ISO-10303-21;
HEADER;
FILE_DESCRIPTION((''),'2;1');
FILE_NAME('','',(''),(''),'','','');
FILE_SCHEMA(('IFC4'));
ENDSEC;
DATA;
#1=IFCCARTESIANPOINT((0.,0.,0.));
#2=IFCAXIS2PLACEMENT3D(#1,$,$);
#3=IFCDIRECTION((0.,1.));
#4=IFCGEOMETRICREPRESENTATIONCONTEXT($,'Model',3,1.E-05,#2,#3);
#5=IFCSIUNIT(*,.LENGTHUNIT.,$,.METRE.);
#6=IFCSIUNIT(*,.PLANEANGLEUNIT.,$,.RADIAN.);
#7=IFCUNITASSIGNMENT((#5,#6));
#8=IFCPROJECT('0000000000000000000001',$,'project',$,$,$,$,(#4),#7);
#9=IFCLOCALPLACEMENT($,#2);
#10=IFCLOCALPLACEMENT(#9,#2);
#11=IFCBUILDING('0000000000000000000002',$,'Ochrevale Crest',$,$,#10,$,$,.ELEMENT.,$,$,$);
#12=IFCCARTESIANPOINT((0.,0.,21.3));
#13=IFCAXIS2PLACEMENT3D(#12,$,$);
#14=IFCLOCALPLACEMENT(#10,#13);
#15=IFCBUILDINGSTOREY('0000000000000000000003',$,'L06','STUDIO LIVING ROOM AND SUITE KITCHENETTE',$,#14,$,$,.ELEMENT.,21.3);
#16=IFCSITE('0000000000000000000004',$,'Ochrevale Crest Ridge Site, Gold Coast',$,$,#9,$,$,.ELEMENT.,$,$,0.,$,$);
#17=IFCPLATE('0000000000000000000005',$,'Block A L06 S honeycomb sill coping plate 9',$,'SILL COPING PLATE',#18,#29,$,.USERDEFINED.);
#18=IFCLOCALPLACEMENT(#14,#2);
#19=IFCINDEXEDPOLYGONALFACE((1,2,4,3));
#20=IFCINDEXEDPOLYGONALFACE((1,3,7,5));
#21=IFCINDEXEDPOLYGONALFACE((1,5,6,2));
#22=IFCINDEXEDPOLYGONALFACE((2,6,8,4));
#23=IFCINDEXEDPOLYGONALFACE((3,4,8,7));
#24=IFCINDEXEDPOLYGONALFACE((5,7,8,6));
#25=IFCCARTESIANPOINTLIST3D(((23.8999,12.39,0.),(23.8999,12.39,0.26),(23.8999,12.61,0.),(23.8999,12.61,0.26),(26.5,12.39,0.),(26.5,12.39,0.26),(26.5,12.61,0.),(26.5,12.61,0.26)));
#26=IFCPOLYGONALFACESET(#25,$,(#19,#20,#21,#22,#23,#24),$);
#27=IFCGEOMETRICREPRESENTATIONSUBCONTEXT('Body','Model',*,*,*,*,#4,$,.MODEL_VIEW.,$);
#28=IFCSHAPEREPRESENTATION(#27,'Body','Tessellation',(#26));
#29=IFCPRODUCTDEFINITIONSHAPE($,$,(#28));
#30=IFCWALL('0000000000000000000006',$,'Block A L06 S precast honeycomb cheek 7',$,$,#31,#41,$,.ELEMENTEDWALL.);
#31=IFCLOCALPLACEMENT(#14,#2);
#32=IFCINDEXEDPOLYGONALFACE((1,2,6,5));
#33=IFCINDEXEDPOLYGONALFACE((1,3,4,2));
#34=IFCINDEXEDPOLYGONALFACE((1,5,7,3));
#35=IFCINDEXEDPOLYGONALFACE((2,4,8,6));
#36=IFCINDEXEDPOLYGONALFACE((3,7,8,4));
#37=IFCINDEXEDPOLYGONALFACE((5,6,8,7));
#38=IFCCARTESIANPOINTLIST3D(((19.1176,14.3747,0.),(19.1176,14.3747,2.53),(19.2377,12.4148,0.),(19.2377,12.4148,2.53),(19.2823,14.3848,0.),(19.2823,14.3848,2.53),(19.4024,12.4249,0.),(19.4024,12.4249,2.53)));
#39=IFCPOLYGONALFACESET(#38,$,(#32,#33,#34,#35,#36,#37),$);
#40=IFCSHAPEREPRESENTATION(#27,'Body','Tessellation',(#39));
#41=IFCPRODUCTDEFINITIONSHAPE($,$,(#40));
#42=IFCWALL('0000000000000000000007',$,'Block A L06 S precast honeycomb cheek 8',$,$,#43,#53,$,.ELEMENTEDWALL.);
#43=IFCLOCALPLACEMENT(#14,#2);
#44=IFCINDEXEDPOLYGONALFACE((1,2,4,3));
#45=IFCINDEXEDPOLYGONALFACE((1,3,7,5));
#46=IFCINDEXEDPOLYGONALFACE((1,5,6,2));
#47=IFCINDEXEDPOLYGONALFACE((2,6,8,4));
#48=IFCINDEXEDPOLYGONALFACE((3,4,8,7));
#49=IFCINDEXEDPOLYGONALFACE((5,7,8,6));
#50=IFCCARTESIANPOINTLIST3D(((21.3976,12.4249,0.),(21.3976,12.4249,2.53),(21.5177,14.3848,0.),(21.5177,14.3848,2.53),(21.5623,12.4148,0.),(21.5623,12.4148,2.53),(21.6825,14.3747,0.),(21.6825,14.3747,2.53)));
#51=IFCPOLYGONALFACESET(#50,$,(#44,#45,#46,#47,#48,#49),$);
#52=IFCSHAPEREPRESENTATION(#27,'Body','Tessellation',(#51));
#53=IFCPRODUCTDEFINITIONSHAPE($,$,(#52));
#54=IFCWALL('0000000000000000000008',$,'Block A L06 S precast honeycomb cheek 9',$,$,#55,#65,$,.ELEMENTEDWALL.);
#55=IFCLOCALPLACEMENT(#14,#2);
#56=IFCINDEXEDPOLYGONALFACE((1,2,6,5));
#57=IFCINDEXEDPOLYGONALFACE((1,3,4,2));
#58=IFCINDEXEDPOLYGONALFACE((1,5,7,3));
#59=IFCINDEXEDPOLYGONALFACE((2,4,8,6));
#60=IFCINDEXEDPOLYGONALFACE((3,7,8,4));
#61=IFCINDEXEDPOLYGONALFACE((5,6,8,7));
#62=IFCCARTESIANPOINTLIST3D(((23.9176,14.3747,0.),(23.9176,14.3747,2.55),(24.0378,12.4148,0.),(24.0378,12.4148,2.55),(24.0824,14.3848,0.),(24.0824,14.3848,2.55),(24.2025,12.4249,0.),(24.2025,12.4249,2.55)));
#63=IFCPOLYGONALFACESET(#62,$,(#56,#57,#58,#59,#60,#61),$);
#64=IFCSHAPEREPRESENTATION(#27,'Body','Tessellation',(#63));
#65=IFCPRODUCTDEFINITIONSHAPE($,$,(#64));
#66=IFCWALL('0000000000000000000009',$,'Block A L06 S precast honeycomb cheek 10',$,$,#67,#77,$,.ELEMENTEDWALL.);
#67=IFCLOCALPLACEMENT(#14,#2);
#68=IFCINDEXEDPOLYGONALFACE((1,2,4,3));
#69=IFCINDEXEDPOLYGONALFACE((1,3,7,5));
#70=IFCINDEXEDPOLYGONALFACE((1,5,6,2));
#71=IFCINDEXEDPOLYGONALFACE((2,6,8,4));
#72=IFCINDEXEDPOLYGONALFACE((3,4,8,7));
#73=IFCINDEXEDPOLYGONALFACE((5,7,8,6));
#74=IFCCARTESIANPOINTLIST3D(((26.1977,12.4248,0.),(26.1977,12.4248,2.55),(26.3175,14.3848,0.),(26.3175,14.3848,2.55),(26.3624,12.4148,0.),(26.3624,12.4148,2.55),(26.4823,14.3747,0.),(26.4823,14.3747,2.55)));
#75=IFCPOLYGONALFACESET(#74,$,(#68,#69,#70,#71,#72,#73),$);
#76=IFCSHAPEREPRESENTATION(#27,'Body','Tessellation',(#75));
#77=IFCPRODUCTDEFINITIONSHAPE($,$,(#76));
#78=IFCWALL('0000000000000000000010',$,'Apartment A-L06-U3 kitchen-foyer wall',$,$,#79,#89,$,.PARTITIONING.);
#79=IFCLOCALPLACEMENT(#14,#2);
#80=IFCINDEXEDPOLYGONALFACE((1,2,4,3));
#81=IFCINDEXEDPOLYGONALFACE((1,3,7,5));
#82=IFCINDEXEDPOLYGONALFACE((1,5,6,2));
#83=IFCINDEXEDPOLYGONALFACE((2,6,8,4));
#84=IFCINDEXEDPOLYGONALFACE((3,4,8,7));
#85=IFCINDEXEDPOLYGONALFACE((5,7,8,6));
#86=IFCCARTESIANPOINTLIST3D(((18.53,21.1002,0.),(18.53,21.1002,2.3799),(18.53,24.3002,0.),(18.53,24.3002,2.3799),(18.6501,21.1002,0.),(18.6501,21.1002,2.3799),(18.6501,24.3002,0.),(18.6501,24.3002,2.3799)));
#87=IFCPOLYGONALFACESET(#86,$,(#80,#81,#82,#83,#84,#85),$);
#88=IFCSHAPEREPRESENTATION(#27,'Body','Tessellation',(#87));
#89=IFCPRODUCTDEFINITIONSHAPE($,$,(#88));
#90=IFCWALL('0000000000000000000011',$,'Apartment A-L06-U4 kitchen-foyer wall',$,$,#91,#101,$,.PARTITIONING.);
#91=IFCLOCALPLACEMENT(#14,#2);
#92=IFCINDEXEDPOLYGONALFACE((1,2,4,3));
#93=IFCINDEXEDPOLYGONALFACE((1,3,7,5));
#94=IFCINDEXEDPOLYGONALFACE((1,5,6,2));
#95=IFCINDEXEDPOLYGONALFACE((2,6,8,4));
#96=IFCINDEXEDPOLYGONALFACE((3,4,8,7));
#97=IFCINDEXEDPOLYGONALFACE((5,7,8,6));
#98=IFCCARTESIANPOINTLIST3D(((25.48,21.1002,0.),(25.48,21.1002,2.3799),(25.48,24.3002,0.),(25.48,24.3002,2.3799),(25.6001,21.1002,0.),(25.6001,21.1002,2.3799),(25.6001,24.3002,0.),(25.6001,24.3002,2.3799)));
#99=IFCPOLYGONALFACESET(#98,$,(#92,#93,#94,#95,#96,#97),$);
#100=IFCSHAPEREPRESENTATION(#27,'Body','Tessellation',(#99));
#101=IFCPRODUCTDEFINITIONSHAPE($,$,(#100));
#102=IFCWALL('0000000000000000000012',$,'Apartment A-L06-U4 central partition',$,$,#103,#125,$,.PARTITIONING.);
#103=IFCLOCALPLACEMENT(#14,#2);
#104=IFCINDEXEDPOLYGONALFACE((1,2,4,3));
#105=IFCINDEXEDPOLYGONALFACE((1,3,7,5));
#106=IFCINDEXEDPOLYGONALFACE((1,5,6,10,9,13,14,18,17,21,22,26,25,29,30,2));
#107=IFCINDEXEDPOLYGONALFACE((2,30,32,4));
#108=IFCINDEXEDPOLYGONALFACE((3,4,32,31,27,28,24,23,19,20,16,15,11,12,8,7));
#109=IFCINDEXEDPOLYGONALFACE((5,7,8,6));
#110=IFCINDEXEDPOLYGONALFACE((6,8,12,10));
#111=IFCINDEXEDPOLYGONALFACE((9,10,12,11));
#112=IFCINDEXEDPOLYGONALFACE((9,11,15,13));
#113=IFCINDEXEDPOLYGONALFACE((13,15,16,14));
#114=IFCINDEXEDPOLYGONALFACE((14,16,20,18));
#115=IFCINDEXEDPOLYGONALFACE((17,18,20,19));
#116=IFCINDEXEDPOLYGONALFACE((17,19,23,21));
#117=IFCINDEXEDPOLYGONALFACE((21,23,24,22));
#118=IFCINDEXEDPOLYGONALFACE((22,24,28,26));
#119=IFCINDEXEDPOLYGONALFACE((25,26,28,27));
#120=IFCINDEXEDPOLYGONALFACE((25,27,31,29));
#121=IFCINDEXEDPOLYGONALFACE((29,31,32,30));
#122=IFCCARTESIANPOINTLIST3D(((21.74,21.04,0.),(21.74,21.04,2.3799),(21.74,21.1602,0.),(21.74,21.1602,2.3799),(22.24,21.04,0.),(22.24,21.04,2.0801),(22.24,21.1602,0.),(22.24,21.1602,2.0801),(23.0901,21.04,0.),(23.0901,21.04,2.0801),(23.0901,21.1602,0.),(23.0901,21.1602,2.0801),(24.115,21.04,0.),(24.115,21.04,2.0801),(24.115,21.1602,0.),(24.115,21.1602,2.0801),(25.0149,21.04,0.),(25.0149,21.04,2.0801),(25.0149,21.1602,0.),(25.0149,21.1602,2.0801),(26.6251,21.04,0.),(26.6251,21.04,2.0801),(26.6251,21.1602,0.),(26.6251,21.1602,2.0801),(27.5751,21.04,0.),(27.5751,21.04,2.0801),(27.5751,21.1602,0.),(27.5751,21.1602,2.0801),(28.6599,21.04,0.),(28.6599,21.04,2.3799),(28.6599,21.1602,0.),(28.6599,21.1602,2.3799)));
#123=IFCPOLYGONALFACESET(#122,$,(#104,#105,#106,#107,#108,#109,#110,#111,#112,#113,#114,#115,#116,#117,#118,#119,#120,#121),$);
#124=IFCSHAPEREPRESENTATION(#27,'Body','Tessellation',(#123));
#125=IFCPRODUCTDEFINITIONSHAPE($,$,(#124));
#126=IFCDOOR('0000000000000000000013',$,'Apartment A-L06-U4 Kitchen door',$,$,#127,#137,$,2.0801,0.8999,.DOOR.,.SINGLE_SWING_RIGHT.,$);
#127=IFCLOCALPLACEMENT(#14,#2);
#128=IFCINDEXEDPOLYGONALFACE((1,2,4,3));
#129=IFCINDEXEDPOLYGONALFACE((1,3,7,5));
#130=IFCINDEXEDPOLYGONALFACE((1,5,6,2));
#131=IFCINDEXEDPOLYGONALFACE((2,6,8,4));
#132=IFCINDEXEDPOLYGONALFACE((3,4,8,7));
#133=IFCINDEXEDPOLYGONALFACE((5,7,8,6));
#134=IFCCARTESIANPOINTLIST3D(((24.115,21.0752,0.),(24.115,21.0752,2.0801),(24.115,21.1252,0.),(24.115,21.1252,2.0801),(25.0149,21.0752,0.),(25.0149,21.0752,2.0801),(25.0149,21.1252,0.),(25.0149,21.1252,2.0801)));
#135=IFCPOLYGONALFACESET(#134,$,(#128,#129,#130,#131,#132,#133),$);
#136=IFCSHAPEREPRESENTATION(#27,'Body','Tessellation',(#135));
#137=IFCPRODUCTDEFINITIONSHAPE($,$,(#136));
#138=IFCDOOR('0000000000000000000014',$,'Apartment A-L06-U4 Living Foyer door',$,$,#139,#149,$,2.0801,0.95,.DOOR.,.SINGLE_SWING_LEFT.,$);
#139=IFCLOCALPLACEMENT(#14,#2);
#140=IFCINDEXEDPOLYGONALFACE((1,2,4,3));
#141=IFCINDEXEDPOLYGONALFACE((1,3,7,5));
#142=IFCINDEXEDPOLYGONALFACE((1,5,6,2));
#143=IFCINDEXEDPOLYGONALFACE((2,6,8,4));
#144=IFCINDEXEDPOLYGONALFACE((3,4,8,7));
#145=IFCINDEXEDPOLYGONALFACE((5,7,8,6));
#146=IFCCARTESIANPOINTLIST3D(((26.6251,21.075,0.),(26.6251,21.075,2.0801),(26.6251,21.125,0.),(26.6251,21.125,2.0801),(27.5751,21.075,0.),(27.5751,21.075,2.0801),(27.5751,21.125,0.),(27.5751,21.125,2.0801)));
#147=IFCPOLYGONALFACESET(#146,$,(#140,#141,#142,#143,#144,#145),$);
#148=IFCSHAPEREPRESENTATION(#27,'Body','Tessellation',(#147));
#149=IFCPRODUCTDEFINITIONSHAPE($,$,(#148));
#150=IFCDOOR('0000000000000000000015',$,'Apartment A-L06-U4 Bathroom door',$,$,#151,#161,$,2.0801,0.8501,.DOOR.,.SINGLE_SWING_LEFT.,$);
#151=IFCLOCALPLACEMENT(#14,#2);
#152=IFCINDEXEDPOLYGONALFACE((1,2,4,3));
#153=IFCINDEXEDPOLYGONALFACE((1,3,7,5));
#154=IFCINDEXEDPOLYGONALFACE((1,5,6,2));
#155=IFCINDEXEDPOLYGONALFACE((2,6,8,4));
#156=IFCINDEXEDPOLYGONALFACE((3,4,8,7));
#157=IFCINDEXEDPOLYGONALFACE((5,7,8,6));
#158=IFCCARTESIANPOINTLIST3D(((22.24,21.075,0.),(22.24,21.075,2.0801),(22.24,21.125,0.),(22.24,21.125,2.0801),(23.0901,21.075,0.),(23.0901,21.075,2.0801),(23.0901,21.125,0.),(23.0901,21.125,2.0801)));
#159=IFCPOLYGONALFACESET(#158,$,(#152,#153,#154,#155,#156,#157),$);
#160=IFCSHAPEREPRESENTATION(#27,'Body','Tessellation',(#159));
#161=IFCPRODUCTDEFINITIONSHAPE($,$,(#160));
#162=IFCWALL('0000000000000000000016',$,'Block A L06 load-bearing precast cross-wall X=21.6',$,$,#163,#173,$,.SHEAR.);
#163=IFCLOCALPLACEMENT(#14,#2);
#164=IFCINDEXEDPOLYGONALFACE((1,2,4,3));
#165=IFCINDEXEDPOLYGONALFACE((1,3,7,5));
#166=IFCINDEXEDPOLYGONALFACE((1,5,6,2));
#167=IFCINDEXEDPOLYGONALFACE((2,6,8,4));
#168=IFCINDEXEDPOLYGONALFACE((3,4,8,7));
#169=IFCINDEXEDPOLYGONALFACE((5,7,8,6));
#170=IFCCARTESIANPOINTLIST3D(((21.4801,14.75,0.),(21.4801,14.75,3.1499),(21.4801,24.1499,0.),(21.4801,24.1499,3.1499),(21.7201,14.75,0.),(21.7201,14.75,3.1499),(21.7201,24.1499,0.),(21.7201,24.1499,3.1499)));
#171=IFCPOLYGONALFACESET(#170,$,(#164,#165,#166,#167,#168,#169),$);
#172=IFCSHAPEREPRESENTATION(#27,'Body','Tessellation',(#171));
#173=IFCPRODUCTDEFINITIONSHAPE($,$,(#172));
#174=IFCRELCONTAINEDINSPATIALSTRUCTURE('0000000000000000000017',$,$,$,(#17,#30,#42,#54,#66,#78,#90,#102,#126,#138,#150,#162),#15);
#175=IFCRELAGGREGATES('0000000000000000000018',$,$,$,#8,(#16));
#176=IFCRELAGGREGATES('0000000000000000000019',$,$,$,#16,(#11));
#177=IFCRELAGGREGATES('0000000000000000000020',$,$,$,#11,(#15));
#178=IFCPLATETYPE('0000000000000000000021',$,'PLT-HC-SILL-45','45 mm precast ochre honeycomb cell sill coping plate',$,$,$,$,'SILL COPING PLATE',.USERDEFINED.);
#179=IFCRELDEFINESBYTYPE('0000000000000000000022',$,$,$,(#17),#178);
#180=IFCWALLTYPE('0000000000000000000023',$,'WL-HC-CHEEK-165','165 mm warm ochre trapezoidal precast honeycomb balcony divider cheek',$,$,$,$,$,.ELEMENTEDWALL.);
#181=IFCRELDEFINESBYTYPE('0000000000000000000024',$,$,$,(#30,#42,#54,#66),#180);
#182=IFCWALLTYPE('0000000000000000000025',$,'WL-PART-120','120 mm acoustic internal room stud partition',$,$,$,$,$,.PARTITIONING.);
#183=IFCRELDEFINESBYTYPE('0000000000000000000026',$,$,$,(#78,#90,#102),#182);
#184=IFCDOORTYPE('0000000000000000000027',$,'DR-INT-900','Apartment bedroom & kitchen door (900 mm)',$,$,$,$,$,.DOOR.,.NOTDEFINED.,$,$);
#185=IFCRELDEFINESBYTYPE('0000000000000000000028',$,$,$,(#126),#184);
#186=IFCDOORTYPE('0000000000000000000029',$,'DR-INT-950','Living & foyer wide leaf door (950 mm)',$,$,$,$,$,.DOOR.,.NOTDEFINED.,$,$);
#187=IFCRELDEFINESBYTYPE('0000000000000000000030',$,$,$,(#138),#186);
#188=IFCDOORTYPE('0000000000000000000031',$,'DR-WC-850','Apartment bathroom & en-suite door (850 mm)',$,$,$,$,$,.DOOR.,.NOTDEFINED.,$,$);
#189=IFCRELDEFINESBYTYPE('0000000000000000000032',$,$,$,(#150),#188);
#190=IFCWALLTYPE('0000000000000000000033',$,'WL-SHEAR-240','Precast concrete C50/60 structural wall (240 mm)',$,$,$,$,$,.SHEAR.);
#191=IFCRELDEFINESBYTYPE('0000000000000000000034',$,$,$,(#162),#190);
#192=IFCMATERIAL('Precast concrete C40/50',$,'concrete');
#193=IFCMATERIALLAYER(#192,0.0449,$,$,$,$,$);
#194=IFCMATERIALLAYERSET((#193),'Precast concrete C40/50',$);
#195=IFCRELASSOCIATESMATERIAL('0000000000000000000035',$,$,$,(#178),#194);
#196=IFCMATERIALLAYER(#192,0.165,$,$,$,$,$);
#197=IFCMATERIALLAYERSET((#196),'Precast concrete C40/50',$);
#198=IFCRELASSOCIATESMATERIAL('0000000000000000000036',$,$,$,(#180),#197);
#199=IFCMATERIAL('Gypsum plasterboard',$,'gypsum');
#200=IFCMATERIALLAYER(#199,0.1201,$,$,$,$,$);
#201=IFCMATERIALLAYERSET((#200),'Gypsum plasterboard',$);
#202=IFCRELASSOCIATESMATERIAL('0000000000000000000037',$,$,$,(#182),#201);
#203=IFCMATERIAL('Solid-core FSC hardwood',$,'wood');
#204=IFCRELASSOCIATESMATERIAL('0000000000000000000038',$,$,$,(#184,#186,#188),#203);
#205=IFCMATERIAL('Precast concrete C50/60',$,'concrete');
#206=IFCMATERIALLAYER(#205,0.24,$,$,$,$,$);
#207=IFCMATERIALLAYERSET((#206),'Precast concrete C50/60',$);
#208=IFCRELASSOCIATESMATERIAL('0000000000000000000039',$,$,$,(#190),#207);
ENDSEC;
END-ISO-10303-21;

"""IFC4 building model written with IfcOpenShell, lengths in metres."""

from ifc_helpers import new_model, si_unit, direction, frame, frame_2d, origin, origin_2d, place, context, subcontext, project, spatial, rectangle, extrude, material, layer, layer_set, type_object, element, fill, save


model = new_model("IFC4")

# Units and contexts
model_context = context("Model", 3, precision=1e-05, world=origin(), true_north=direction((0.0, 1.0)))
body_context = subcontext(model_context, "Body", "Model", "MODEL_VIEW")
ifc_project = project(units=[si_unit("LENGTHUNIT", "METRE"), si_unit("PLANEANGLEUNIT", "RADIAN")], contexts=[model_context])

# Site, building, storey
site_placement = place(None, origin())
site = spatial("IfcSite", under=ifc_project, at=site_placement, Name="Ochrevale Crest Ridge Site, Gold Coast", CompositionType="ELEMENT", RefElevation=0.0)
building_placement = place(site_placement, origin())
building = spatial("IfcBuilding", under=site, at=building_placement, Name="Ochrevale Crest", CompositionType="ELEMENT")
storey_placement = place(building_placement, frame((0.0, 0.0, 21.3)))
storey = spatial("IfcBuildingStorey", under=building, at=storey_placement, Name="L06", Description="STUDIO LIVING ROOM AND SUITE KITCHENETTE", CompositionType="ELEMENT", Elevation=21.3)

# Shared definitions
ifc_material_1 = material(Name="Precast concrete C50/60", Category="concrete")

# Shared definitions
ifc_material_2 = material(Name="Precast concrete C40/50", Category="concrete")

# Plate
ifc_layer_1 = layer(ifc_material_2, 0.0449)
ifc_layer_set_1 = layer_set([ifc_layer_1], Name="Precast concrete C40/50")
plate_type_1 = type_object("IfcPlateType", Name="PLT-HC-SILL-45", Description="45 mm precast ochre honeycomb cell sill coping plate", ElementType="SILL COPING PLATE", PredefinedType="USERDEFINED", material=ifc_layer_set_1)
for number, where, z_axis, x_axis, name in (
    (1, (25.2, 12.5, 0.0), (0.0, 0.0, 1.0), (1.0, 0.0, 0.0), "Block A L06 S honeycomb sill coping plate 9"),
):
    element("IfcPlate", number, at=place(storey_placement, frame(where, z_axis=z_axis, x_axis=x_axis)), inside=storey, type_object=plate_type_1, Name=name, ObjectType="SILL COPING PLATE", PredefinedType="USERDEFINED", context=body_context, shape_type="SweptSolid", body=[
        extrude(rectangle(XDim=2.6001, YDim=0.22, at=origin_2d()), origin(), (0.0, 0.0, 1.0), 0.26),
    ])

# Walls
ifc_layer_2 = layer(ifc_material_2, 0.165)
ifc_layer_set_2 = layer_set([ifc_layer_2], Name="Precast concrete C40/50")
wall_type_1 = type_object("IfcWallType", Name="WL-HC-CHEEK-165", Description="165 mm warm ochre trapezoidal precast honeycomb balcony divider cheek", PredefinedType="ELEMENTEDWALL", material=ifc_layer_set_2)
for number, where, z_axis, x_axis, name in (
    (2, (19.2, 14.3799, 0.0), (0.0, 0.0, 1.0), (0.061171, -0.998127, 0.0), "Block A L06 S precast honeycomb cheek 7"),
    (3, (21.6001, 14.3799, 0.0), (0.0, 0.0, 1.0), (-0.061171, -0.998127, 0.0), "Block A L06 S precast honeycomb cheek 8"),
):
    element("IfcWall", number, at=place(storey_placement, frame(where, z_axis=z_axis, x_axis=x_axis)), inside=storey, type_object=wall_type_1, Name=name, PredefinedType="ELEMENTEDWALL", context=body_context, shape_type="SweptSolid", body=[
        extrude(rectangle(XDim=1.9636, YDim=0.165, at=frame_2d((0.9819, 0.0))), origin(), (0.0, 0.0, 1.0), 2.53),
    ])
for number, where, z_axis, x_axis, name in (
    (4, (24.0, 14.3799, 0.0), (0.0, 0.0, 1.0), (0.061171, -0.998127, 0.0), "Block A L06 S precast honeycomb cheek 9"),
    (5, (26.3999, 14.3799, 0.0), (0.0, 0.0, 1.0), (-0.061047, -0.998135, 0.0), "Block A L06 S precast honeycomb cheek 10"),
):
    element("IfcWall", number, at=place(storey_placement, frame(where, z_axis=z_axis, x_axis=x_axis)), inside=storey, type_object=wall_type_1, Name=name, PredefinedType="ELEMENTEDWALL", context=body_context, shape_type="SweptSolid", body=[
        extrude(rectangle(XDim=1.9636, YDim=0.165, at=frame_2d((0.9819, 0.0))), origin(), (0.0, 0.0, 1.0), 2.55),
    ])
ifc_material_3 = material(Name="Gypsum plasterboard", Category="gypsum")
ifc_layer_3 = layer(ifc_material_3, 0.1201)
ifc_layer_set_3 = layer_set([ifc_layer_3], Name="Gypsum plasterboard")
wall_type_2 = type_object("IfcWallType", Name="WL-PART-120", Description="120 mm acoustic internal room stud partition", PredefinedType="PARTITIONING", material=ifc_layer_set_3)
for number, where, z_axis, x_axis, name in (
    (6, (18.5901, 21.1001, 0.0), (0.0, 0.0, 1.0), (0.0, 1.0, 0.0), "Apartment A-L06-U3 kitchen-foyer wall"),
    (7, (25.54, 21.1001, 0.0), (0.0, 0.0, 1.0), (0.0, 1.0, 0.0), "Apartment A-L06-U4 kitchen-foyer wall"),
):
    element("IfcWall", number, at=place(storey_placement, frame(where, z_axis=z_axis, x_axis=x_axis)), inside=storey, type_object=wall_type_2, Name=name, PredefinedType="PARTITIONING", context=body_context, shape_type="SweptSolid", body=[
        extrude(rectangle(XDim=3.2, YDim=0.1201, at=frame_2d((1.6001, 0.0))), origin(), (0.0, 0.0, 1.0), 2.3799),
    ])

# Wall, openings, doors
wall_1_placement = place(storey_placement, frame((21.74, 21.1001, 0.0), z_axis=(0.0, 0.0, 1.0), x_axis=(1.0, 0.0, 0.0)))
wall_1 = element("IfcWall", 8, at=wall_1_placement, inside=storey, type_object=wall_type_2, Name="Apartment A-L06-U4 central partition", PredefinedType="PARTITIONING", context=body_context, shape_type="SweptSolid", body=[
    extrude(rectangle(XDim=6.9199, YDim=0.1201, at=frame_2d((3.46, 0.0))), origin(), (0.0, 0.0, 1.0), 2.3799),
])
opening_1_placement = place(wall_1_placement, frame((0.5, 0.0, 0.0)))
opening_1 = element("IfcOpeningElement", 9, at=opening_1_placement, cuts=wall_1, PredefinedType="OPENING", context=body_context, shape_type="SweptSolid", body=[
    extrude(rectangle(XDim=0.8501, YDim=2.0801, at=frame_2d((0.425, 1.04))), frame((0.0, 0.0701, 0.0), z_axis=(0.0, -1.0, 0.0), x_axis=(1.0, 0.0, 0.0)), (0.0, 0.0, 1.0), 0.1401),
])
opening_2_placement = place(wall_1_placement, frame((3.2749, 0.0, 0.0), z_axis=(0.0, 0.0, 1.0), x_axis=(-1.0, 0.0, 0.0)))
opening_2 = element("IfcOpeningElement", 10, at=opening_2_placement, cuts=wall_1, PredefinedType="OPENING", context=body_context, shape_type="SweptSolid", body=[
    extrude(rectangle(XDim=0.8999, YDim=2.0801, at=frame_2d((0.45, 1.04))), frame((0.0, 0.0701, 0.0), z_axis=(0.0, -1.0, 0.0), x_axis=(1.0, 0.0, 0.0)), (0.0, 0.0, 1.0), 0.1401),
])
opening_3_placement = place(wall_1_placement, frame((4.885, 0.0, 0.0)))
opening_3 = element("IfcOpeningElement", 11, at=opening_3_placement, cuts=wall_1, PredefinedType="OPENING", context=body_context, shape_type="SweptSolid", body=[
    extrude(rectangle(XDim=0.95, YDim=2.0801, at=frame_2d((0.4751, 1.04))), frame((0.0, 0.0701, 0.0), z_axis=(0.0, -1.0, 0.0), x_axis=(1.0, 0.0, 0.0)), (0.0, 0.0, 1.0), 0.1401),
])
ifc_material_4 = material(Name="Solid-core FSC hardwood", Category="wood")
door_type_1 = type_object("IfcDoorType", Name="DR-INT-900", Description="Apartment bedroom & kitchen door (900 mm)", OperationType="NOTDEFINED", PredefinedType="DOOR", material=ifc_material_4)
door_1_placement = place(opening_2_placement, origin())
door_1 = element("IfcDoor", 12, at=door_1_placement, inside=storey, type_object=door_type_1, Name="Apartment A-L06-U4 Kitchen door", OperationType="SINGLE_SWING_RIGHT", OverallHeight=2.0801, OverallWidth=0.8999, PredefinedType="DOOR", context=body_context, shape_type="SweptSolid", body=[
    extrude(rectangle(XDim=0.8999, YDim=2.0801, at=frame_2d((0.45, 1.04))), frame((0.0, 0.0249, 0.0), z_axis=(0.0, -1.0, 0.0), x_axis=(1.0, 0.0, 0.0)), (0.0, 0.0, 1.0), 0.05),
])
fill(opening_2, door_1)
door_type_2 = type_object("IfcDoorType", Name="DR-INT-950", Description="Living & foyer wide leaf door (950 mm)", OperationType="NOTDEFINED", PredefinedType="DOOR", material=ifc_material_4)
door_2_placement = place(opening_3_placement, origin())
door_2 = element("IfcDoor", 13, at=door_2_placement, inside=storey, type_object=door_type_2, Name="Apartment A-L06-U4 Living Foyer door", OperationType="SINGLE_SWING_LEFT", OverallHeight=2.0801, OverallWidth=0.95, PredefinedType="DOOR", context=body_context, shape_type="SweptSolid", body=[
    extrude(rectangle(XDim=0.95, YDim=2.0801, at=frame_2d((0.4751, 1.04))), frame((0.0, 0.0249, 0.0), z_axis=(0.0, -1.0, 0.0), x_axis=(1.0, 0.0, 0.0)), (0.0, 0.0, 1.0), 0.05),
])
fill(opening_3, door_2)
door_type_3 = type_object("IfcDoorType", Name="DR-WC-850", Description="Apartment bathroom & en-suite door (850 mm)", OperationType="NOTDEFINED", PredefinedType="DOOR", material=ifc_material_4)
door_3_placement = place(opening_1_placement, origin())
door_3 = element("IfcDoor", 14, at=door_3_placement, inside=storey, type_object=door_type_3, Name="Apartment A-L06-U4 Bathroom door", OperationType="SINGLE_SWING_LEFT", OverallHeight=2.0801, OverallWidth=0.8501, PredefinedType="DOOR", context=body_context, shape_type="SweptSolid", body=[
    extrude(rectangle(XDim=0.8501, YDim=2.0801, at=frame_2d((0.425, 1.04))), frame((0.0, 0.0249, 0.0), z_axis=(0.0, -1.0, 0.0), x_axis=(1.0, 0.0, 0.0)), (0.0, 0.0, 1.0), 0.05),
])
fill(opening_1, door_3)

# Wall
ifc_layer_4 = layer(ifc_material_1, 0.24)
ifc_layer_set_4 = layer_set([ifc_layer_4], Name="Precast concrete C50/60")
wall_type_3 = type_object("IfcWallType", Name="WL-SHEAR-240", Description="Precast concrete C50/60 structural wall (240 mm)", PredefinedType="SHEAR", material=ifc_layer_set_4)
wall_2_placement = place(storey_placement, frame((21.6001, 14.75, 0.0), z_axis=(0.0, 0.0, 1.0), x_axis=(0.0, 1.0, 0.0)))
element("IfcWall", 15, at=wall_2_placement, inside=storey, type_object=wall_type_3, Name="Block A L06 load-bearing precast cross-wall X=21.6", PredefinedType="SHEAR", context=body_context, shape_type="SweptSolid", body=[
    extrude(rectangle(XDim=9.3999, YDim=0.24, at=frame_2d((4.7, 0.0))), origin(), (0.0, 0.0, 1.0), 3.1499),
])

save(model, "model.ifc")
